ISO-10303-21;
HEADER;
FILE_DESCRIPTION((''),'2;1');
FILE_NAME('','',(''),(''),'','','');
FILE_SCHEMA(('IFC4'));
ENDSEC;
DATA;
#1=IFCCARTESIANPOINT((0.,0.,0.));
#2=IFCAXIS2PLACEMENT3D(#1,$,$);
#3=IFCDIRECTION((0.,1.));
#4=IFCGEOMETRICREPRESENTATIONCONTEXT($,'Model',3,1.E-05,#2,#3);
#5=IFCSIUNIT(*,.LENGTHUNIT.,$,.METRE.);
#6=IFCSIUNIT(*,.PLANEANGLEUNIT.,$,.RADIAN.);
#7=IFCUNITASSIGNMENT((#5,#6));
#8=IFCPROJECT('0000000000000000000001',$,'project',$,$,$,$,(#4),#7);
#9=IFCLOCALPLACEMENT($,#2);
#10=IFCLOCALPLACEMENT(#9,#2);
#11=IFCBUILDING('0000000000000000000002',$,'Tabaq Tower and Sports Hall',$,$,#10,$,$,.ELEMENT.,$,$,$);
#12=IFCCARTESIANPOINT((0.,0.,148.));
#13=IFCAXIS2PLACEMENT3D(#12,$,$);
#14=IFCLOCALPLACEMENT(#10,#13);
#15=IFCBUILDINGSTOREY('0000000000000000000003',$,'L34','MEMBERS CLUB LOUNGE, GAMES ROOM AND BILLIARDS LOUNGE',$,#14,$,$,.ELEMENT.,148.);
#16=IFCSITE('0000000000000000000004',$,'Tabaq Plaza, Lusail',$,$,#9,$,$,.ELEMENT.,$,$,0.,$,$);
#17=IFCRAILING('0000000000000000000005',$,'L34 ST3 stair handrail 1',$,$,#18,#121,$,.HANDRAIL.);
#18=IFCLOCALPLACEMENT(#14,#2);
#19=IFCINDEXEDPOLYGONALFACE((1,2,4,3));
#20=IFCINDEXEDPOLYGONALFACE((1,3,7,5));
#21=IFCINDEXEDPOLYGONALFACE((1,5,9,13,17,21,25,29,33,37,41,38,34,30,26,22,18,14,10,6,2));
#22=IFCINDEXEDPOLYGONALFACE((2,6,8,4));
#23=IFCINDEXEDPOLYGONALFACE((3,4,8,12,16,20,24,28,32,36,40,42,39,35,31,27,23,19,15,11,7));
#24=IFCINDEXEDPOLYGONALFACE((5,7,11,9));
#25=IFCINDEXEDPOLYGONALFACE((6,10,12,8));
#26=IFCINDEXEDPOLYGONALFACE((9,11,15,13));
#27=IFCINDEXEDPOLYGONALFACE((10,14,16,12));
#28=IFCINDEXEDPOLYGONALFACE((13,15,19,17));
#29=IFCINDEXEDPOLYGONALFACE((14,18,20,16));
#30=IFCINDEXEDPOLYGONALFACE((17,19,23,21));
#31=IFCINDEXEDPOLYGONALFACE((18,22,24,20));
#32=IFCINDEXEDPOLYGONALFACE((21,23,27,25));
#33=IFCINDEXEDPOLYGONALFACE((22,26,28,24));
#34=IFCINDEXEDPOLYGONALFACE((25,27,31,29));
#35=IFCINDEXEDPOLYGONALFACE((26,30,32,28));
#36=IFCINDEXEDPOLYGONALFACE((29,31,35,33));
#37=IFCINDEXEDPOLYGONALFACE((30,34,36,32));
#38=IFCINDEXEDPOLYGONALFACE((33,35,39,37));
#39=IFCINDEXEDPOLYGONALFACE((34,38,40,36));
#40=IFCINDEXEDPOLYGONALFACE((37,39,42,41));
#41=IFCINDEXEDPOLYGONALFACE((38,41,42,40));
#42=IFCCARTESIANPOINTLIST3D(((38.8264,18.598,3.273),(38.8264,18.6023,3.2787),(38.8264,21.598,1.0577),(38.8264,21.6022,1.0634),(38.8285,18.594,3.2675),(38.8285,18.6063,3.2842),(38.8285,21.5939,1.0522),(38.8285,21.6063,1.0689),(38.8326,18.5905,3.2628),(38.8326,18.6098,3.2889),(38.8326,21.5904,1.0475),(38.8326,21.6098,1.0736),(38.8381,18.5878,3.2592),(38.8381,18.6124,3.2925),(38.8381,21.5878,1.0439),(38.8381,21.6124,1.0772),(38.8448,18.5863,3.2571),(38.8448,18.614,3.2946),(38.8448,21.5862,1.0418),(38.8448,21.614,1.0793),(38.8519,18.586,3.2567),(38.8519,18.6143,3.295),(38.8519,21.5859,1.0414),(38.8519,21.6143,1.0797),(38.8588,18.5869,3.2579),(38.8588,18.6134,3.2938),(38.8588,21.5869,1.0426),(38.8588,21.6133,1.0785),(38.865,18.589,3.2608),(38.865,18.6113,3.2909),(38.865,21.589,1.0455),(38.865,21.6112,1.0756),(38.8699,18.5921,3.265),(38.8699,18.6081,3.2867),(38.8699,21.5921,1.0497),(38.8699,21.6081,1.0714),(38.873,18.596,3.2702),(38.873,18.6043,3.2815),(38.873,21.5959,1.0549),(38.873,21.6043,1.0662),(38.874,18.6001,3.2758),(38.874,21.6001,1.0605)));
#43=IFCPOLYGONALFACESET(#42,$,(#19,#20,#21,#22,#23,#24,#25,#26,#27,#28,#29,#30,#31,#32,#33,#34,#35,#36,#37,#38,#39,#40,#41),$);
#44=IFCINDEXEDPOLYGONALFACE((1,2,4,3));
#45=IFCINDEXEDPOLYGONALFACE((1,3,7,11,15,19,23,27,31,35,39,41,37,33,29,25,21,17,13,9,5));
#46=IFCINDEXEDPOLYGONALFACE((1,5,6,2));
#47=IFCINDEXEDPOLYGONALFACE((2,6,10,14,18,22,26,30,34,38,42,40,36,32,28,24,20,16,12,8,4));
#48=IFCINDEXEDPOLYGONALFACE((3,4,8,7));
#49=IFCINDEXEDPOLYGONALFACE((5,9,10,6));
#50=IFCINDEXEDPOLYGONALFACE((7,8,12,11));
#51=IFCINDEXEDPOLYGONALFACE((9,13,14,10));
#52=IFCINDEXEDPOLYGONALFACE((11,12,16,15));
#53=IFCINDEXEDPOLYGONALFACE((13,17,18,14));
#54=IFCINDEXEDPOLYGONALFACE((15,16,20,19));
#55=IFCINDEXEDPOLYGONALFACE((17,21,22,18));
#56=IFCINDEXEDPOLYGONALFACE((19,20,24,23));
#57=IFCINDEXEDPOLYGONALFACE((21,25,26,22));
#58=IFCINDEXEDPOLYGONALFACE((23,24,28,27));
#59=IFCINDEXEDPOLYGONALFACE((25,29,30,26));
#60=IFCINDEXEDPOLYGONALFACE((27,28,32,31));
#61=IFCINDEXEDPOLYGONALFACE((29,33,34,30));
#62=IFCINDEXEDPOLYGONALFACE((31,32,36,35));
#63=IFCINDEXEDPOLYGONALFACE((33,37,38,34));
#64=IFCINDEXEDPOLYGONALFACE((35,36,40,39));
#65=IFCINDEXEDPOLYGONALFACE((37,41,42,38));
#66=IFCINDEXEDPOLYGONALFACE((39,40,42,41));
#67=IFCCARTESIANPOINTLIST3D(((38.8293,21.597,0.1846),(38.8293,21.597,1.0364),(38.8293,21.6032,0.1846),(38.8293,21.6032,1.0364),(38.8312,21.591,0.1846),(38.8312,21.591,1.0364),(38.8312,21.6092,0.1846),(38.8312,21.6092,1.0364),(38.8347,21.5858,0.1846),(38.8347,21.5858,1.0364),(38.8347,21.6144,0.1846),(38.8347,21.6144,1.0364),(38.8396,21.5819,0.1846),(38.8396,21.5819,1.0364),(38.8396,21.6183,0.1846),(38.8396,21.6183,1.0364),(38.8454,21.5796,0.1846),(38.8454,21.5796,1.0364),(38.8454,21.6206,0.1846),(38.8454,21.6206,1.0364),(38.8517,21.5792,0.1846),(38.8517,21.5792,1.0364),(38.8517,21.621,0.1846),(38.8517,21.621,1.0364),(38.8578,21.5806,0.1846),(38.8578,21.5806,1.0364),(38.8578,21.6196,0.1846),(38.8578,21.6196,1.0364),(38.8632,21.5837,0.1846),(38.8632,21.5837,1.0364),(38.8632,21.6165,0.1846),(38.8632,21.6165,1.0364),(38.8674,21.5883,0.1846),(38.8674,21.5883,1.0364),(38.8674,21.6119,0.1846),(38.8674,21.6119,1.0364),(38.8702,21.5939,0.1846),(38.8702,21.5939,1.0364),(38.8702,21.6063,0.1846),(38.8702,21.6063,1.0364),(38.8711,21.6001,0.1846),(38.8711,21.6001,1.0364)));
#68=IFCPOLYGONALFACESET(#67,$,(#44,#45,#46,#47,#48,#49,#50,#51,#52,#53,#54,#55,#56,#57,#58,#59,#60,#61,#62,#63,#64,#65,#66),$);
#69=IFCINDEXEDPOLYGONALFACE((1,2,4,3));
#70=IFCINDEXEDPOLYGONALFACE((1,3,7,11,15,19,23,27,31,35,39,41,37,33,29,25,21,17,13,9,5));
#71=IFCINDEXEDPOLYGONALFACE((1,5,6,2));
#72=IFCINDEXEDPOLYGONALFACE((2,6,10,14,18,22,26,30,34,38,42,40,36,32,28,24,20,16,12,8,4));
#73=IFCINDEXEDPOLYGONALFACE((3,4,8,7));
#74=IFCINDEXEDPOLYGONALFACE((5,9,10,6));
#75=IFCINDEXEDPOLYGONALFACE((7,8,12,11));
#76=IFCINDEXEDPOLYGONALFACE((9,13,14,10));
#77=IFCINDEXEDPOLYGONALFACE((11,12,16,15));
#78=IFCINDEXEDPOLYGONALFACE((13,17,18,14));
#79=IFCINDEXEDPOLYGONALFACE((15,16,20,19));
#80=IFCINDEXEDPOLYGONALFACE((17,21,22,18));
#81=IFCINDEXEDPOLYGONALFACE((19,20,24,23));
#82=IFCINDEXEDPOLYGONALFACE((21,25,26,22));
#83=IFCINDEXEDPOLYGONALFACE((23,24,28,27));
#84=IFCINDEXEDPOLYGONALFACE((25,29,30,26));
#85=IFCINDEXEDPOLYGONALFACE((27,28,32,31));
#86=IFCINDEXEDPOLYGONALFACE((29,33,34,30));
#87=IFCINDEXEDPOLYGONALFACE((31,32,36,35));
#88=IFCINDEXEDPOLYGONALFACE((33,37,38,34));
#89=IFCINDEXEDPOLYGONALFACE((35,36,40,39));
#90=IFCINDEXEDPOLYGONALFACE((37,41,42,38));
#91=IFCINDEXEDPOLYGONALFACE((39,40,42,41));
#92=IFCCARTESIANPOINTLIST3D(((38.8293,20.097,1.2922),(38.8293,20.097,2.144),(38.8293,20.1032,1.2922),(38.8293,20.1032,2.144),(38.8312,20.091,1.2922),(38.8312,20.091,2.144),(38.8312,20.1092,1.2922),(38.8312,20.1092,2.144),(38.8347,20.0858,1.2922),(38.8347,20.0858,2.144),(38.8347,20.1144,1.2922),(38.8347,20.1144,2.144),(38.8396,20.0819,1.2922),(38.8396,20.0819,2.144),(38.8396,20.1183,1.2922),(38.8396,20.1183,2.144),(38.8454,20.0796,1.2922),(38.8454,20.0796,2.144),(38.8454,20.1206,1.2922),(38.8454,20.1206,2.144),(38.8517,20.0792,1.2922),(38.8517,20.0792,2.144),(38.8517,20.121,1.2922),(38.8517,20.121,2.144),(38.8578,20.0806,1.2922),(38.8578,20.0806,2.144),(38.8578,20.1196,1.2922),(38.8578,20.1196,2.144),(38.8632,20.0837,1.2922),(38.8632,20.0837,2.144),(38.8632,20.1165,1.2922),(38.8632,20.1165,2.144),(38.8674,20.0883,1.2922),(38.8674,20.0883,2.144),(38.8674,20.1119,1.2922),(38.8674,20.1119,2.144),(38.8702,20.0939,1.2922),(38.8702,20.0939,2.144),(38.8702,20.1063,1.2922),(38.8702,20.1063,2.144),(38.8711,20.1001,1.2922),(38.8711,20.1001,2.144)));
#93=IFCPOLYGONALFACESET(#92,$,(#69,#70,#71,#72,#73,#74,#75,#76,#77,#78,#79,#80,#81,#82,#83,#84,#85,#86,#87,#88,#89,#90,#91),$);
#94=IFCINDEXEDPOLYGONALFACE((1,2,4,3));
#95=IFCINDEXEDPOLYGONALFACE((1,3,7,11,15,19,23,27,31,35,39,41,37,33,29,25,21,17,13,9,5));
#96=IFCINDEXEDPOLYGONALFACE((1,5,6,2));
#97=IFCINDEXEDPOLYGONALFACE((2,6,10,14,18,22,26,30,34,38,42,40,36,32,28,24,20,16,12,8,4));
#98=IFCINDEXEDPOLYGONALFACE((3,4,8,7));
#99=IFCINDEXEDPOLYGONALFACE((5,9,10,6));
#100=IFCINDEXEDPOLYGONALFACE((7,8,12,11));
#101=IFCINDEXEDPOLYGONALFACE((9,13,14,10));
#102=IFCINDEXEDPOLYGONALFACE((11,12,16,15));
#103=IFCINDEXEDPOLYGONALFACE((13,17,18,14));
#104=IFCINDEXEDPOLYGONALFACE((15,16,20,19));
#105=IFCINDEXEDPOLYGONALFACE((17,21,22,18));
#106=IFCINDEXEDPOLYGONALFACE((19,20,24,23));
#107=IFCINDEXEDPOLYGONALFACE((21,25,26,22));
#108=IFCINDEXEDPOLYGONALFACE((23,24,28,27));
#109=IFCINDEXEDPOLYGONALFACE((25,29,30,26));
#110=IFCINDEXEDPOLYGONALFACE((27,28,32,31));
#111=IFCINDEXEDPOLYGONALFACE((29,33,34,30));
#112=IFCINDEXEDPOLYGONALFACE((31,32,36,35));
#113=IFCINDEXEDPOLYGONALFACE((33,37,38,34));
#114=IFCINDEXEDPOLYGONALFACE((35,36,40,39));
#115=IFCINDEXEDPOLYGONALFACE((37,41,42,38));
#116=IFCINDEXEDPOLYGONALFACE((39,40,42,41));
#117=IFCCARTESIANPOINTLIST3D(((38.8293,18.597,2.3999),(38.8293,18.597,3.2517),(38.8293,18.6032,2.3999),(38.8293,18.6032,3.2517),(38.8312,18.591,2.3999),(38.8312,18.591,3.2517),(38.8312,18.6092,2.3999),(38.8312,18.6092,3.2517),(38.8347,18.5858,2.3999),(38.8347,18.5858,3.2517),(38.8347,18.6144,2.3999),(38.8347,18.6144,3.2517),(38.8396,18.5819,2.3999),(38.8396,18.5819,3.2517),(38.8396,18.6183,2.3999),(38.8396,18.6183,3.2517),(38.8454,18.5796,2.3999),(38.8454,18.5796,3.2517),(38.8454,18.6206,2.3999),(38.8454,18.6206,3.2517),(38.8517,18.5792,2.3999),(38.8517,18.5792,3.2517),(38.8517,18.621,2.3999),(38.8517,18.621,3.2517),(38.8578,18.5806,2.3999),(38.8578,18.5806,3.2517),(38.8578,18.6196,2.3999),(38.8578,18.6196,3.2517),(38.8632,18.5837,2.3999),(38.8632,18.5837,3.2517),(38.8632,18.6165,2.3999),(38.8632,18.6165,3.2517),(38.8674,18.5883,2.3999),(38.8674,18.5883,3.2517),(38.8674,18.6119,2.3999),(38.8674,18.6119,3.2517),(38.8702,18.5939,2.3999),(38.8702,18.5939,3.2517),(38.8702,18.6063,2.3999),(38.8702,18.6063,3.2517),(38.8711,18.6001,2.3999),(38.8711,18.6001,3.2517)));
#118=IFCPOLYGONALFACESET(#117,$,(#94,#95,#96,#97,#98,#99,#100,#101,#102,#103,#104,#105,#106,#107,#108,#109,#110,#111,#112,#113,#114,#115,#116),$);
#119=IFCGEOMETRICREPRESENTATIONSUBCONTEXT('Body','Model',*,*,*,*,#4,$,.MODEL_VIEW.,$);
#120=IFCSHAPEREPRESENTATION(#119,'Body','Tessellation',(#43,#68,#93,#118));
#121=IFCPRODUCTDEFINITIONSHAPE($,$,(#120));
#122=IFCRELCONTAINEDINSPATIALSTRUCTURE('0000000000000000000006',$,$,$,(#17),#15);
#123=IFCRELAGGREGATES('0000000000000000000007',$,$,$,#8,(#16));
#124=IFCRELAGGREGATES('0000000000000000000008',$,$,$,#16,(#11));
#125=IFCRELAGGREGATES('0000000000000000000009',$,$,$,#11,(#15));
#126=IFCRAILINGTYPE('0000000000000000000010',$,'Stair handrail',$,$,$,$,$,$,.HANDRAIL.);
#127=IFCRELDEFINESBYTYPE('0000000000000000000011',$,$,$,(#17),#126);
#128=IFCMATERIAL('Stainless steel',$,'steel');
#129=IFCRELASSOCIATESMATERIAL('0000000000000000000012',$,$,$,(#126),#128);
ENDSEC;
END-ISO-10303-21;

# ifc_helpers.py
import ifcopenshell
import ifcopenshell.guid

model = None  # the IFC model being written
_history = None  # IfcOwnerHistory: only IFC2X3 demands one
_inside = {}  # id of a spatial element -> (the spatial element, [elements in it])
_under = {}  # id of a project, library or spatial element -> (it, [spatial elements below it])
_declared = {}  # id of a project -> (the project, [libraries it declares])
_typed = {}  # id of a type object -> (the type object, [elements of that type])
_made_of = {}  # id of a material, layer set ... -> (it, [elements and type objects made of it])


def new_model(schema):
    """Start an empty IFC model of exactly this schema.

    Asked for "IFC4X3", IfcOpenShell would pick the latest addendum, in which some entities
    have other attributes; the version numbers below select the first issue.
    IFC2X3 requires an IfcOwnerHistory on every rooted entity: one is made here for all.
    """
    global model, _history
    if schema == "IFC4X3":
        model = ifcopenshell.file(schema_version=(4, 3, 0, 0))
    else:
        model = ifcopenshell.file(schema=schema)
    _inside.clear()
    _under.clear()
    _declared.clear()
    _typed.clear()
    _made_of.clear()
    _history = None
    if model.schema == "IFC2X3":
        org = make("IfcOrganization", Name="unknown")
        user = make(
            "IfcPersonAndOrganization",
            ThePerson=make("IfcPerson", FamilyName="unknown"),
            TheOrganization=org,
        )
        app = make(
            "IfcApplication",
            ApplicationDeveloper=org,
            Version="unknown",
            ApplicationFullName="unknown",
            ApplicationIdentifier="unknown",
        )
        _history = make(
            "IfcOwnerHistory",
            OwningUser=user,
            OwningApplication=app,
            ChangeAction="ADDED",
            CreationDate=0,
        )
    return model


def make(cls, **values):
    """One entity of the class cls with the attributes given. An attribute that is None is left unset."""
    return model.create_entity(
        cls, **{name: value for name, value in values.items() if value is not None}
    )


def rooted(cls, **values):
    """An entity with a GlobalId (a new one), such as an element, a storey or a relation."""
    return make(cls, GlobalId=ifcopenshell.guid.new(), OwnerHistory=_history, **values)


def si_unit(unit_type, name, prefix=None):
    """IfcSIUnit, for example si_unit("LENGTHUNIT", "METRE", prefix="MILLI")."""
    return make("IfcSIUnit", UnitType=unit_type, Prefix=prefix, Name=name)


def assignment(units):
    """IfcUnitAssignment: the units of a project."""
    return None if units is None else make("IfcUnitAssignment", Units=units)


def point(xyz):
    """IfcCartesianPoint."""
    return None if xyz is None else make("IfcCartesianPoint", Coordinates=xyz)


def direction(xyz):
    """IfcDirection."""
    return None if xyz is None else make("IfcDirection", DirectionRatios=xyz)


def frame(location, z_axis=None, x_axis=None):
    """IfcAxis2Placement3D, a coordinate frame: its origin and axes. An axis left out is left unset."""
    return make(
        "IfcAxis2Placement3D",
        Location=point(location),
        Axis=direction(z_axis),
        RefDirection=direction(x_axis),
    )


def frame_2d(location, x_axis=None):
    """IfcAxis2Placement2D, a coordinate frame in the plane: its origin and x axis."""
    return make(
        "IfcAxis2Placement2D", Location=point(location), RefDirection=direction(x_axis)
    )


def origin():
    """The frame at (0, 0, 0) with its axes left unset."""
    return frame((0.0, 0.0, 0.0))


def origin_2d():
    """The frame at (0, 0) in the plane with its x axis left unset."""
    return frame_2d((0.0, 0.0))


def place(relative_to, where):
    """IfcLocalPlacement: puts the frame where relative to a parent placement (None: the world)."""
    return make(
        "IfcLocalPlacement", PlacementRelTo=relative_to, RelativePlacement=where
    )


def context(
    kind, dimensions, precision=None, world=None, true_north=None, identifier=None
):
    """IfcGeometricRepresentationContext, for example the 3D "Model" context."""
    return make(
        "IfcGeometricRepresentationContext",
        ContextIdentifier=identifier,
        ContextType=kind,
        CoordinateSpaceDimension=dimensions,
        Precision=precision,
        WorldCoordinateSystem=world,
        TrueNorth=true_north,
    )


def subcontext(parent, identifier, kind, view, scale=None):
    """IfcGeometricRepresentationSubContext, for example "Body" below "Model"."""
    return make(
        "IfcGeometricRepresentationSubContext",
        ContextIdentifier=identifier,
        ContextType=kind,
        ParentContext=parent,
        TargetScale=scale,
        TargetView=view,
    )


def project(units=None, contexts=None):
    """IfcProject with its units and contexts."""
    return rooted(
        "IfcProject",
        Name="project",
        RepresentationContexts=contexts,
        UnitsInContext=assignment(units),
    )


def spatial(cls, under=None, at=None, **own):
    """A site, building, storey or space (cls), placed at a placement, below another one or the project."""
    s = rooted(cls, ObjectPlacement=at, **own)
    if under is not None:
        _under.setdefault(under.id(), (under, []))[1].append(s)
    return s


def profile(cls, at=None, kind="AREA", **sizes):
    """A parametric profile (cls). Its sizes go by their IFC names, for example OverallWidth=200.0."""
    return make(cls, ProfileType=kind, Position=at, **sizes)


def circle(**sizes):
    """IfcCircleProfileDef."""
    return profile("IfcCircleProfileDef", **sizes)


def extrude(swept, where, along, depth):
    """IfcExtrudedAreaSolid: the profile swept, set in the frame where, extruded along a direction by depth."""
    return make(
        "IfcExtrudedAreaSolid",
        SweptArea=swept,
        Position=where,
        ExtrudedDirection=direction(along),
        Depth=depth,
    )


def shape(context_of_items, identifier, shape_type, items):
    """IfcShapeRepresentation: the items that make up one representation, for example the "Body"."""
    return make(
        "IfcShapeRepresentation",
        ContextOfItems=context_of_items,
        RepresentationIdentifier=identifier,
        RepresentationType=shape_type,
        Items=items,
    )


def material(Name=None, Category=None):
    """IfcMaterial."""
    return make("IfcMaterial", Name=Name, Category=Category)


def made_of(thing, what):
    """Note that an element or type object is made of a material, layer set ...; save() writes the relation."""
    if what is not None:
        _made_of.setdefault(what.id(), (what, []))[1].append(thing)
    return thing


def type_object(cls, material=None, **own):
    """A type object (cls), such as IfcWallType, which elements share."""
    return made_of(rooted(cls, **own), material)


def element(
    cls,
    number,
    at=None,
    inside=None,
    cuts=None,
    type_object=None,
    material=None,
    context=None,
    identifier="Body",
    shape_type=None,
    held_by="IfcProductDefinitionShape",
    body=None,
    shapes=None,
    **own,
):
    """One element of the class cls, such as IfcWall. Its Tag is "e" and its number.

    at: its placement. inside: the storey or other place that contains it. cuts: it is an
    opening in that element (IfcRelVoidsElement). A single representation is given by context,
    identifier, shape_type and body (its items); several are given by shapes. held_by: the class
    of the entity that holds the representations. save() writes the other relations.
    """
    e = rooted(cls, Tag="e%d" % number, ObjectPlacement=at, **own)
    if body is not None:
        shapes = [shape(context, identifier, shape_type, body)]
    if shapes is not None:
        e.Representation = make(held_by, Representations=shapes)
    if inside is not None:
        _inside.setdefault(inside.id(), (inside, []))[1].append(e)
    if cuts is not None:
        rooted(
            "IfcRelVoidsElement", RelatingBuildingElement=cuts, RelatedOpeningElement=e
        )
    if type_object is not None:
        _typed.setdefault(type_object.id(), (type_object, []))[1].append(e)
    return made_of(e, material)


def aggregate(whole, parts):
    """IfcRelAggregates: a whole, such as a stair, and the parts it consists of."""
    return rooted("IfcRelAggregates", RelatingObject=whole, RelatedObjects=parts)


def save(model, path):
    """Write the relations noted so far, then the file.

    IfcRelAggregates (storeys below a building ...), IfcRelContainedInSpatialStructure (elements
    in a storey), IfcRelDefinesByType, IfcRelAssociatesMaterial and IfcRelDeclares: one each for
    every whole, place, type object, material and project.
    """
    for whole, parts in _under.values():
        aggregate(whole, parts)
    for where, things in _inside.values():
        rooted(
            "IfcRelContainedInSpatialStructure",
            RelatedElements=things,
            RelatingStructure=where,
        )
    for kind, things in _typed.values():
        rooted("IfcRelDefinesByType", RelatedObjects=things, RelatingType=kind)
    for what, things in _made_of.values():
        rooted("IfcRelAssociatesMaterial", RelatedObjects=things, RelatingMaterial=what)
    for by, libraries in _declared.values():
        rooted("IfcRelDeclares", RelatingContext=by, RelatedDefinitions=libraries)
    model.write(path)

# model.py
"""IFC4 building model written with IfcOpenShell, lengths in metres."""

from ifc_helpers import new_model, si_unit, direction, frame, origin, origin_2d, place, context, subcontext, project, spatial, circle, extrude, material, type_object, element, save


model = new_model("IFC4")

# Units and contexts
model_context = context("Model", 3, precision=1e-05, world=origin(), true_north=direction((0.0, 1.0)))
body_context = subcontext(model_context, "Body", "Model", "MODEL_VIEW")
ifc_project = project(units=[si_unit("LENGTHUNIT", "METRE"), si_unit("PLANEANGLEUNIT", "RADIAN")], contexts=[model_context])

# Site, building, storey
site_placement = place(None, origin())
site = spatial("IfcSite", under=ifc_project, at=site_placement, Name="Tabaq Plaza, Lusail", CompositionType="ELEMENT", RefElevation=0.0)
building_placement = place(site_placement, origin())
building = spatial("IfcBuilding", under=site, at=building_placement, Name="Tabaq Tower and Sports Hall", CompositionType="ELEMENT")
storey_placement = place(building_placement, frame((0.0, 0.0, 148.0)))
storey = spatial("IfcBuildingStorey", under=building, at=storey_placement, Name="L34", Description="MEMBERS CLUB LOUNGE, GAMES ROOM AND BILLIARDS LOUNGE", CompositionType="ELEMENT", Elevation=148.0)

# Railing
ifc_material_1 = material(Name="Stainless steel", Category="steel")
railing_type_1 = type_object("IfcRailingType", Name="Stair handrail", PredefinedType="HANDRAIL", material=ifc_material_1)
railing_1_placement = place(storey_placement, frame((38.8501, 21.6001, 0.1846)))
element("IfcRailing", 1, at=railing_1_placement, inside=storey, type_object=railing_type_1, Name="L34 ST3 stair handrail 1", PredefinedType="HANDRAIL", context=body_context, shape_type="SweptSolid", body=[
    extrude(circle(Radius=0.0239, at=origin_2d()), frame((0.0, 0.0, 0.876), z_axis=(0.0, -0.80444, 0.594034), x_axis=(1.0, 0.0, 0.0)), (0.0, 0.0, 1.0), 3.7292),
    extrude(circle(Radius=0.021, at=origin_2d()), origin(), (0.0, 0.0, 1.0), 0.8518),
    extrude(circle(Radius=0.021, at=origin_2d()), frame((0.0, -1.5, 1.1077)), (0.0, 0.0, 1.0), 0.8518),
    extrude(circle(Radius=0.021, at=origin_2d()), frame((0.0, -3.0, 2.2153)), (0.0, 0.0, 1.0), 0.8518),
])

save(model, "model.ifc")
